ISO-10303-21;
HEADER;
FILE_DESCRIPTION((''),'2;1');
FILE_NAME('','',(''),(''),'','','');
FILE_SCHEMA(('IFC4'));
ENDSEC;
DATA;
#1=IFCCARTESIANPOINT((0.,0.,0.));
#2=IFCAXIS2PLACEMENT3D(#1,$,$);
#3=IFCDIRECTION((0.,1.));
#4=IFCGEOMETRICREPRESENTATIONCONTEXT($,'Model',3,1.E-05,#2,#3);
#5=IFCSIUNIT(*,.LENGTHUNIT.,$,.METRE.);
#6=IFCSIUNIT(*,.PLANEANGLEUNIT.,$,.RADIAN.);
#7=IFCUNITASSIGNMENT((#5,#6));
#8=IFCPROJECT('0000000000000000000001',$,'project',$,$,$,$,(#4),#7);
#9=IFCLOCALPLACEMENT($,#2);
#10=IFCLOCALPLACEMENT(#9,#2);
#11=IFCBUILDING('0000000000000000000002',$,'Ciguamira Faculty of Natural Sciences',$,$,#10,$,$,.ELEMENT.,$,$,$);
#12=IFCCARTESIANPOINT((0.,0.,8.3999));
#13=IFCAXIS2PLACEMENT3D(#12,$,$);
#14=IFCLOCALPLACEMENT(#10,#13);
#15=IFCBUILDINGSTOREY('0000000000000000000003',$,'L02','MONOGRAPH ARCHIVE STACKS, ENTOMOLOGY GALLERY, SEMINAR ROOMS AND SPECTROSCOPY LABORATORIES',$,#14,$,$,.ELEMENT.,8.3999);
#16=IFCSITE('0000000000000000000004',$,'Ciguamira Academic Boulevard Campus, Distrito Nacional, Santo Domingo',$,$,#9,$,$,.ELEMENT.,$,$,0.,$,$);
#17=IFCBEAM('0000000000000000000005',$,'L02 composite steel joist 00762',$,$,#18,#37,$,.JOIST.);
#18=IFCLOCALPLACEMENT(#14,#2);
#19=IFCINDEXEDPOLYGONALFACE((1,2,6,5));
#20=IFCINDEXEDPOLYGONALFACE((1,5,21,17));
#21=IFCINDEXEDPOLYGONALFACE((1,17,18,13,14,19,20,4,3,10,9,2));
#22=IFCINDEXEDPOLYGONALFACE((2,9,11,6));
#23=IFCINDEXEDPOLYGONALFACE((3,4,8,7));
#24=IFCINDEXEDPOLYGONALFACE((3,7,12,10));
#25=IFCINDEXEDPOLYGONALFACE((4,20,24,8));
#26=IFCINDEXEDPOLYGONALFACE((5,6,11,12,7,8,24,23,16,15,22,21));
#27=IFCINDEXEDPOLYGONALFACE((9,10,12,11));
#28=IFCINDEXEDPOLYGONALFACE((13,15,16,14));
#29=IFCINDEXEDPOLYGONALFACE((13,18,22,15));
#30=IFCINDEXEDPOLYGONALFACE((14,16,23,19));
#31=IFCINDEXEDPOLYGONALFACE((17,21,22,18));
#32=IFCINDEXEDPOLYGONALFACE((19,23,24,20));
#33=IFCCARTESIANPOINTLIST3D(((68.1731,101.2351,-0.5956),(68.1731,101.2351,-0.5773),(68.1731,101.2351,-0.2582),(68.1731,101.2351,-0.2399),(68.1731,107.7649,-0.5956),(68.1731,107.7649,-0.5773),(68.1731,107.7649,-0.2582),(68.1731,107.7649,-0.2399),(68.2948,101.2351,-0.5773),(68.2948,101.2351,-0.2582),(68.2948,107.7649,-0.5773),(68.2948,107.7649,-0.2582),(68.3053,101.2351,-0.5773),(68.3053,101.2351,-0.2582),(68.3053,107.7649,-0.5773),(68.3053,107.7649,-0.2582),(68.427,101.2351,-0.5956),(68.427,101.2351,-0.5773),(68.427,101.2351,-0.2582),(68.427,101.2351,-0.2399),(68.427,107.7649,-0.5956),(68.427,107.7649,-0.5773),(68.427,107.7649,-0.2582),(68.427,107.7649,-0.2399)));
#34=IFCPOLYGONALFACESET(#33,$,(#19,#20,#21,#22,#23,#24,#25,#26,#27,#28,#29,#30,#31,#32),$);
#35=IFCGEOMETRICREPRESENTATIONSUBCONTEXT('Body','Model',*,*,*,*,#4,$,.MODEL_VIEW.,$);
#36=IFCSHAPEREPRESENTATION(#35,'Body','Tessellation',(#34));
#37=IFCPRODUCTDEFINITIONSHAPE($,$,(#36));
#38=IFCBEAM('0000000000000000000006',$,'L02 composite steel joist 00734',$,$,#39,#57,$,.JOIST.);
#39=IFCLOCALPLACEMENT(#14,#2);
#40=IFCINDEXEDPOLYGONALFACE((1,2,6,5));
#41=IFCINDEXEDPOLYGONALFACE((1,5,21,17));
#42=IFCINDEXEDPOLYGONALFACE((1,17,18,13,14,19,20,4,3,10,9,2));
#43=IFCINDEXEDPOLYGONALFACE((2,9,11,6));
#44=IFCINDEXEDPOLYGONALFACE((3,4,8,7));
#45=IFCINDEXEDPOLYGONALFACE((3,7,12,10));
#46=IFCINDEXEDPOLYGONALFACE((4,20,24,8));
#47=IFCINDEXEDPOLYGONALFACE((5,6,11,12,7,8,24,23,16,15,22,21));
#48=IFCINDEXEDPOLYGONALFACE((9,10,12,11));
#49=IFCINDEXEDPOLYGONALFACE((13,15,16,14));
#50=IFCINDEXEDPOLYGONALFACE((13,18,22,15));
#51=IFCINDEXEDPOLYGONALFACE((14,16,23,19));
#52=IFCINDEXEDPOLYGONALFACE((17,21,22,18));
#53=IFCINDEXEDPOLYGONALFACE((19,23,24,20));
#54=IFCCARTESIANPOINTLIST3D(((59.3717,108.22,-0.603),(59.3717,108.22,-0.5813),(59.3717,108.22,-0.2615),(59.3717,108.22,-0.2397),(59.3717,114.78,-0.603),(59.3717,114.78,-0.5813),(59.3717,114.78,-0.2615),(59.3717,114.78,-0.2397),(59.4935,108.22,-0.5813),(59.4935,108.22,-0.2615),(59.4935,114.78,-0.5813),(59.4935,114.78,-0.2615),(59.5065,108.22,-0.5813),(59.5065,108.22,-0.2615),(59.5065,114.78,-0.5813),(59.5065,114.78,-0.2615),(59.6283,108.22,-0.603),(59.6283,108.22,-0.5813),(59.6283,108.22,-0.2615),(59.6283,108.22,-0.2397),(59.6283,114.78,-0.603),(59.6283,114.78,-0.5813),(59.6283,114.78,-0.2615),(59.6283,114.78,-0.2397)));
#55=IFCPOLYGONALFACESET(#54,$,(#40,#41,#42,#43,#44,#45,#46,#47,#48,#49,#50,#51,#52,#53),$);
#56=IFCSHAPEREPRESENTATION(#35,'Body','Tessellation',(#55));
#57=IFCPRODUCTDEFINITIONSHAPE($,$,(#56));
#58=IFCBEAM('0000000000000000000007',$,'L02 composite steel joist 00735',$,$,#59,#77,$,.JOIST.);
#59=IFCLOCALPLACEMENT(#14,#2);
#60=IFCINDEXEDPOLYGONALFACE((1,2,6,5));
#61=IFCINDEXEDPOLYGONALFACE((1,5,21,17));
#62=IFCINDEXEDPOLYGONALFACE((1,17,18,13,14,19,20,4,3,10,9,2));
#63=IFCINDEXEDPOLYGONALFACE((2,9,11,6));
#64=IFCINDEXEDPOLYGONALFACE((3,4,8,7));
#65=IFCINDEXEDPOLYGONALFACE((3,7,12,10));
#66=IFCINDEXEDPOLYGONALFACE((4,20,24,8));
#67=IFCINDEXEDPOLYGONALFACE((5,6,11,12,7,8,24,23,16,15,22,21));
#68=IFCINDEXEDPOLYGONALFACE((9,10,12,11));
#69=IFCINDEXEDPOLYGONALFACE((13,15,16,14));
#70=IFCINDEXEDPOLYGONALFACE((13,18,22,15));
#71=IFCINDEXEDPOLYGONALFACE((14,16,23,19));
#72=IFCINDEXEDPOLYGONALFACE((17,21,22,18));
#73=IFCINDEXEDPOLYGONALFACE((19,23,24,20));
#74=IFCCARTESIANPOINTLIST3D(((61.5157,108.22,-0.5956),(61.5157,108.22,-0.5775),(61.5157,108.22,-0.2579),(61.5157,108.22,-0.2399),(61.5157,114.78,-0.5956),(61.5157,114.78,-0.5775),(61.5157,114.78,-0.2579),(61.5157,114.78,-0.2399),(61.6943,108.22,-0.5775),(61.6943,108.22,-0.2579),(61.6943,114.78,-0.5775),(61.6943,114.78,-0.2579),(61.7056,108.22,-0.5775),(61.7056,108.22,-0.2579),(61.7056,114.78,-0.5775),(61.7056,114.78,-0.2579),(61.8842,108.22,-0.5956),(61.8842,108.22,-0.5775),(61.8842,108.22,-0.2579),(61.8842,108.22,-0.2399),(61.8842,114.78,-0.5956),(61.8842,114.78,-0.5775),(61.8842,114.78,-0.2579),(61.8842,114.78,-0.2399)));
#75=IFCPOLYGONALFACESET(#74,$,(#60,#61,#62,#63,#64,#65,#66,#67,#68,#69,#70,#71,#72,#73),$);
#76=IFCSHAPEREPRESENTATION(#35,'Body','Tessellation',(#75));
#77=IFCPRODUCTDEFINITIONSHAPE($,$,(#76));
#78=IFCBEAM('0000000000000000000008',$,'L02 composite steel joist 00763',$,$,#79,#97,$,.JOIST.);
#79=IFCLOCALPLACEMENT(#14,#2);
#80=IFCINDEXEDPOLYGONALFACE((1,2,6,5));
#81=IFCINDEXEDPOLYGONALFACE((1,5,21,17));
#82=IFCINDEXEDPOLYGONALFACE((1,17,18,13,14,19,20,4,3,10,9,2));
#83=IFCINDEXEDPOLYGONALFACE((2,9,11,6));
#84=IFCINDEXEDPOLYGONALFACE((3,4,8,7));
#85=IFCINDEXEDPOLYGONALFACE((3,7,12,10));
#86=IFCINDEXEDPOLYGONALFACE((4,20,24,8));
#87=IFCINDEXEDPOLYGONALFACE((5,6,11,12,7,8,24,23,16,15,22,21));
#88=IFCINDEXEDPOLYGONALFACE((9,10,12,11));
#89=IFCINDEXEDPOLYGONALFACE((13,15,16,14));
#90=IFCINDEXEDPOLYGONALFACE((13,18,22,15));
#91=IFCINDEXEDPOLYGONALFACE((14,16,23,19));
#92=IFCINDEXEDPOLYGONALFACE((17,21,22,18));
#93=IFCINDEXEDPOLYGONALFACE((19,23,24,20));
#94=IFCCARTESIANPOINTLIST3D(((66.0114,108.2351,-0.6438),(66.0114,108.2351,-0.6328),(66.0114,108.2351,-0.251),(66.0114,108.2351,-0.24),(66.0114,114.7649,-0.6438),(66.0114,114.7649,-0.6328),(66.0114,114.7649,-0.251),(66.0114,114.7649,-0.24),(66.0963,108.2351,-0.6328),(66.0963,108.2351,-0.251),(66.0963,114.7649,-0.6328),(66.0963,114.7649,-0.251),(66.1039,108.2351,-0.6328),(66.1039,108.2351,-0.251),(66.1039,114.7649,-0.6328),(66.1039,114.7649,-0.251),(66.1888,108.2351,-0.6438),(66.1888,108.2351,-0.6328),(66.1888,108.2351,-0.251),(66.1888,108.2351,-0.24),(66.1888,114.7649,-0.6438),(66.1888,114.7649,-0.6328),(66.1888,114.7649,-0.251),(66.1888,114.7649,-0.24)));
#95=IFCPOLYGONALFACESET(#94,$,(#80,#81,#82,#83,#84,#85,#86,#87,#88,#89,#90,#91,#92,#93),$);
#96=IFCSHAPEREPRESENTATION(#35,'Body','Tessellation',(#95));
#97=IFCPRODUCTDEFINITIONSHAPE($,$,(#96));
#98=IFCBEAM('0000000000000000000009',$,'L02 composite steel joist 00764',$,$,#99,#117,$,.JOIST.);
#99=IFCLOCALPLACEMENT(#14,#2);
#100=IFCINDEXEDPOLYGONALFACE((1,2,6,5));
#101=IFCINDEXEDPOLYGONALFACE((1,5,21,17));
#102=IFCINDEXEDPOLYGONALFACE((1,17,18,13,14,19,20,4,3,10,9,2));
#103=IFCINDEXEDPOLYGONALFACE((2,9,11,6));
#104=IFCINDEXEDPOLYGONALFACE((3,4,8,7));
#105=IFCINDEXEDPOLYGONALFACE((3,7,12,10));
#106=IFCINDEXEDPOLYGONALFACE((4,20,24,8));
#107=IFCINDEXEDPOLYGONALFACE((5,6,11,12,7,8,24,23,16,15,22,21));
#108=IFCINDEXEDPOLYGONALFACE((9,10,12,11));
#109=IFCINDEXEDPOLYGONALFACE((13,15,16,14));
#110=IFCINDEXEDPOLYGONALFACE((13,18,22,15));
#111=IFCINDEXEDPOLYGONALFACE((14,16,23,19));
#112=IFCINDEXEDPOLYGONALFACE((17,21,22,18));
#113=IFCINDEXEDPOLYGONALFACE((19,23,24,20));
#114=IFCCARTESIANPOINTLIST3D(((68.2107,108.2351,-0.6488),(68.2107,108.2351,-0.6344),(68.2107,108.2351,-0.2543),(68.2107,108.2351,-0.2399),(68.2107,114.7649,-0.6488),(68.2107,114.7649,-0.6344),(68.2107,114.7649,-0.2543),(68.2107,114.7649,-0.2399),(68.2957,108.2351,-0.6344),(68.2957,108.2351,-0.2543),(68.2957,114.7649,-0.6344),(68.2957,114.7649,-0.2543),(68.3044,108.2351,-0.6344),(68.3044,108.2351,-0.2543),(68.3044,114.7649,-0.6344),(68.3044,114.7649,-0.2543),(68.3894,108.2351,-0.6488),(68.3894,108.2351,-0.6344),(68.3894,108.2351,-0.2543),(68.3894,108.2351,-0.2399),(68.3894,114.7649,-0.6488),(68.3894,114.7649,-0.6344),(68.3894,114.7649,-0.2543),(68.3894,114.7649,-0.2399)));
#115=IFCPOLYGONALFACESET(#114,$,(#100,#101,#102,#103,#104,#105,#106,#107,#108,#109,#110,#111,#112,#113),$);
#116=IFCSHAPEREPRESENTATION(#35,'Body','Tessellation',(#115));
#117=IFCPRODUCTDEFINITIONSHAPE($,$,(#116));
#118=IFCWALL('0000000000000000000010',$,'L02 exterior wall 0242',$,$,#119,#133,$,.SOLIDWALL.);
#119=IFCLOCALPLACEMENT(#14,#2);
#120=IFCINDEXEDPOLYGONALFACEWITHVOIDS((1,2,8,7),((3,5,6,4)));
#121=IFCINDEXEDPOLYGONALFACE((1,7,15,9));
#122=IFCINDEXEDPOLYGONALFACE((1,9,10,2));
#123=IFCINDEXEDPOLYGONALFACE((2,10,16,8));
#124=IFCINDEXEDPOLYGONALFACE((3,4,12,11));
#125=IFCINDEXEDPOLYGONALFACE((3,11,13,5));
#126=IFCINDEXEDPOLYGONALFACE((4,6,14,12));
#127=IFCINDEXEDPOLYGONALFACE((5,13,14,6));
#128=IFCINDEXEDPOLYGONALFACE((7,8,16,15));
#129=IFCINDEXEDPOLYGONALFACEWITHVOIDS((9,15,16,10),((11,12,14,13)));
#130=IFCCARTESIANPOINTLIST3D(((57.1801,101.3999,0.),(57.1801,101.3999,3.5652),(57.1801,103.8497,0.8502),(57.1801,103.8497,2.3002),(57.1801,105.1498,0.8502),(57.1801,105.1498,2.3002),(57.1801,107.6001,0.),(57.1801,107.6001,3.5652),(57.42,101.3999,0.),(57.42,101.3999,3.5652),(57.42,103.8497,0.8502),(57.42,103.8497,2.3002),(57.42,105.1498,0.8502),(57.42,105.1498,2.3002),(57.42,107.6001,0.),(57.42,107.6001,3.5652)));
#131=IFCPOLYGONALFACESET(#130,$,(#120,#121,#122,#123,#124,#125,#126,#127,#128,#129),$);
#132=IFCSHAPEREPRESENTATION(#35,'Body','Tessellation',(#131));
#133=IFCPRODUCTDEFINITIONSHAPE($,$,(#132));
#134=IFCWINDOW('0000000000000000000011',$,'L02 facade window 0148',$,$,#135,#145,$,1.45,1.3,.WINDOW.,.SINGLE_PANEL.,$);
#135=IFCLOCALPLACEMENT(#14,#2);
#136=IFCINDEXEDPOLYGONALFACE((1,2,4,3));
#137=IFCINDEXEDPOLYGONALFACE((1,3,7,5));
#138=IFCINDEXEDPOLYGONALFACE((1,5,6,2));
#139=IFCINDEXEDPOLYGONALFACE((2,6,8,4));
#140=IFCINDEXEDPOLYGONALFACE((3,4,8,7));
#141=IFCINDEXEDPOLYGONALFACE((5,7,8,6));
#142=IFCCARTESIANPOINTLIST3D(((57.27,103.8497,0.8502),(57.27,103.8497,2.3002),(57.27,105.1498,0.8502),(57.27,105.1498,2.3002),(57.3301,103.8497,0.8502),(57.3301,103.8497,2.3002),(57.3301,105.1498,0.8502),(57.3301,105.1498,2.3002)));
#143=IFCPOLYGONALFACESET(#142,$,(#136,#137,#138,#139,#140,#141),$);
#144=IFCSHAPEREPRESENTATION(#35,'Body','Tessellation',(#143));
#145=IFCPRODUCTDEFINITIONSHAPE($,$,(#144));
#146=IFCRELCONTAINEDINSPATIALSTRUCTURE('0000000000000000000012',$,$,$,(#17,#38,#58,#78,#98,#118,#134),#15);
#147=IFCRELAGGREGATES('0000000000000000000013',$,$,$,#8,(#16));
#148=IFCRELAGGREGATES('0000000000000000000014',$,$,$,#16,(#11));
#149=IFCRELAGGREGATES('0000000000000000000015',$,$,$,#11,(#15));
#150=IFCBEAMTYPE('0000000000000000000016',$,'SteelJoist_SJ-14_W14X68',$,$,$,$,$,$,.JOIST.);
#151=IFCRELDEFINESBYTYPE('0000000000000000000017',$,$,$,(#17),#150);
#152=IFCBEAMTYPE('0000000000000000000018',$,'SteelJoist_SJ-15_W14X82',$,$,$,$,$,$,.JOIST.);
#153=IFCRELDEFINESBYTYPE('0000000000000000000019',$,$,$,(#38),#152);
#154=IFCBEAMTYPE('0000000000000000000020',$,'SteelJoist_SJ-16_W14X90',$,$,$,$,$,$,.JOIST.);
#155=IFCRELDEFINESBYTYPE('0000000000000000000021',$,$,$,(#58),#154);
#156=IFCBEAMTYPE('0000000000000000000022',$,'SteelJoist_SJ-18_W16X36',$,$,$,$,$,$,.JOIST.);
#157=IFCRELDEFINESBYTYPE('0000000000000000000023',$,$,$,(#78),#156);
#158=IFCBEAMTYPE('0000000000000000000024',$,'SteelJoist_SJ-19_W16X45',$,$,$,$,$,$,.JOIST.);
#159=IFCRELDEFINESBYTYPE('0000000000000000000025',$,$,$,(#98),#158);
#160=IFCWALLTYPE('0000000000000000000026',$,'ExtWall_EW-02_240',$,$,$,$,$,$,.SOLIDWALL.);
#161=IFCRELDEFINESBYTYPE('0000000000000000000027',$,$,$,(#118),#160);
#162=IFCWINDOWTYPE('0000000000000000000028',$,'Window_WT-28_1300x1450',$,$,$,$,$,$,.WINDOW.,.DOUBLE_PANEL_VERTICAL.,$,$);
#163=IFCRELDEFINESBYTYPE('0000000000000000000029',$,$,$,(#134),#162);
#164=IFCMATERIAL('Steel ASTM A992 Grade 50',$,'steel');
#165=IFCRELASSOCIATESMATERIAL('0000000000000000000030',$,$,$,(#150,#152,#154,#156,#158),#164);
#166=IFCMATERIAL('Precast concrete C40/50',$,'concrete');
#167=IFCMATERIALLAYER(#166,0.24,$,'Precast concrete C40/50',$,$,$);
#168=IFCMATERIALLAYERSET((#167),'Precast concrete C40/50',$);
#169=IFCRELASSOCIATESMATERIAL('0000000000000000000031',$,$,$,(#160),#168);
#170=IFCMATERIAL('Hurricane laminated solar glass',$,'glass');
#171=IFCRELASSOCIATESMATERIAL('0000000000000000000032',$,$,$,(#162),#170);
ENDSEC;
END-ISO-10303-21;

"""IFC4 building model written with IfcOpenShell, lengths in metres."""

from ifc_helpers import new_model, si_unit, direction, frame, frame_2d, origin, origin_2d, place, context, subcontext, project, spatial, rectangle, i_section, extrude, material, layer, layer_set, material_profile, profile_set, type_object, element, fill, save


model = new_model("IFC4")

# Units and contexts
model_context = context("Model", 3, precision=1e-05, world=origin(), true_north=direction((0.0, 1.0)))
body_context = subcontext(model_context, "Body", "Model", "MODEL_VIEW")
ifc_project = project(units=[si_unit("LENGTHUNIT", "METRE"), si_unit("PLANEANGLEUNIT", "RADIAN")], contexts=[model_context])

# Site, building, storey
site_placement = place(None, origin())
site = spatial("IfcSite", under=ifc_project, at=site_placement, Name="Ciguamira Academic Boulevard Campus, Distrito Nacional, Santo Domingo", CompositionType="ELEMENT", RefElevation=0.0)
building_placement = place(site_placement, origin())
building = spatial("IfcBuilding", under=site, at=building_placement, Name="Ciguamira Faculty of Natural Sciences", CompositionType="ELEMENT")
storey_placement = place(building_placement, frame((0.0, 0.0, 8.3999)))
storey = spatial("IfcBuildingStorey", under=building, at=storey_placement, Name="L02", Description="MONOGRAPH ARCHIVE STACKS, ENTOMOLOGY GALLERY, SEMINAR ROOMS AND SPECTROSCOPY LABORATORIES", CompositionType="ELEMENT", Elevation=8.3999)

# Beams
ifc_material_1 = material(Name="Precast concrete C40/50", Category="concrete")
ifc_material_2 = material(Name="Steel ASTM A992 Grade 50", Category="steel")
ifc_material_profile_1 = material_profile(ifc_material_2, i_section(OverallWidth=0.2539, OverallDepth=0.3557, WebThickness=0.0105, FlangeThickness=0.0183, at=origin_2d()), Name="W14X68")
ifc_profile_set_1 = profile_set([ifc_material_profile_1], Name="Steel ASTM A992 Grade 50")
beam_type_1 = type_object("IfcBeamType", Name="SteelJoist_SJ-14_W14X68", PredefinedType="JOIST", material=ifc_profile_set_1)
beam_1_placement = place(storey_placement, frame((68.3, 101.2351, -0.4177), z_axis=(0.0, 1.0, 0.0), x_axis=(-1.0, 0.0, 0.0)))
element("IfcBeam", 1, at=beam_1_placement, inside=storey, type_object=beam_type_1, Name="L02 composite steel joist 00762", PredefinedType="JOIST", context=body_context, shape_type="SweptSolid", body=[
    extrude(i_section(OverallWidth=0.2539, OverallDepth=0.3557, WebThickness=0.0105, FlangeThickness=0.0183, at=origin_2d()), origin(), (0.0, 0.0, 1.0), 6.5298),
])
ifc_material_profile_2 = material_profile(ifc_material_2, i_section(OverallWidth=0.2566, OverallDepth=0.3633, WebThickness=0.0129, FlangeThickness=0.0217, at=origin_2d()), Name="W14X82")
ifc_profile_set_2 = profile_set([ifc_material_profile_2], Name="Steel ASTM A992 Grade 50")
beam_type_2 = type_object("IfcBeamType", Name="SteelJoist_SJ-15_W14X82", PredefinedType="JOIST", material=ifc_profile_set_2)
beam_2_placement = place(storey_placement, frame((59.5, 108.22, -0.4214), z_axis=(0.0, 1.0, 0.0), x_axis=(-1.0, 0.0, 0.0)))
element("IfcBeam", 2, at=beam_2_placement, inside=storey, type_object=beam_type_2, Name="L02 composite steel joist 00734", PredefinedType="JOIST", context=body_context, shape_type="SweptSolid", body=[
    extrude(i_section(OverallWidth=0.2566, OverallDepth=0.3633, WebThickness=0.0129, FlangeThickness=0.0217, at=origin_2d()), origin(), (0.0, 0.0, 1.0), 6.5601),
])
ifc_material_profile_3 = material_profile(ifc_material_2, i_section(OverallWidth=0.3684, OverallDepth=0.3557, WebThickness=0.0112, FlangeThickness=0.0181, at=origin_2d()), Name="W14X90")
ifc_profile_set_3 = profile_set([ifc_material_profile_3], Name="Steel ASTM A992 Grade 50")
beam_type_3 = type_object("IfcBeamType", Name="SteelJoist_SJ-16_W14X90", PredefinedType="JOIST", material=ifc_profile_set_3)
beam_3_placement = place(storey_placement, frame((61.7, 108.22, -0.4177), z_axis=(0.0, 1.0, 0.0), x_axis=(-1.0, 0.0, 0.0)))
element("IfcBeam", 3, at=beam_3_placement, inside=storey, type_object=beam_type_3, Name="L02 composite steel joist 00735", PredefinedType="JOIST", context=body_context, shape_type="SweptSolid", body=[
    extrude(i_section(OverallWidth=0.3684, OverallDepth=0.3557, WebThickness=0.0112, FlangeThickness=0.0181, at=origin_2d()), origin(), (0.0, 0.0, 1.0), 6.5601),
])
ifc_material_profile_4 = material_profile(ifc_material_2, i_section(OverallWidth=0.1775, OverallDepth=0.4038, WebThickness=0.0076, FlangeThickness=0.011, at=origin_2d()), Name="W16X36")
ifc_profile_set_4 = profile_set([ifc_material_profile_4], Name="Steel ASTM A992 Grade 50")
beam_type_4 = type_object("IfcBeamType", Name="SteelJoist_SJ-18_W16X36", PredefinedType="JOIST", material=ifc_profile_set_4)
beam_4_placement = place(storey_placement, frame((66.1001, 108.2351, -0.4419), z_axis=(0.0, 1.0, 0.0), x_axis=(-1.0, 0.0, 0.0)))
element("IfcBeam", 4, at=beam_4_placement, inside=storey, type_object=beam_type_4, Name="L02 composite steel joist 00763", PredefinedType="JOIST", context=body_context, shape_type="SweptSolid", body=[
    extrude(i_section(OverallWidth=0.1775, OverallDepth=0.4038, WebThickness=0.0076, FlangeThickness=0.011, at=origin_2d()), origin(), (0.0, 0.0, 1.0), 6.5298),
])
ifc_material_profile_5 = material_profile(ifc_material_2, i_section(OverallWidth=0.1787, OverallDepth=0.4089, WebThickness=0.0088, FlangeThickness=0.0144, at=origin_2d()), Name="W16X45")
ifc_profile_set_5 = profile_set([ifc_material_profile_5], Name="Steel ASTM A992 Grade 50")
beam_type_5 = type_object("IfcBeamType", Name="SteelJoist_SJ-19_W16X45", PredefinedType="JOIST", material=ifc_profile_set_5)
beam_5_placement = place(storey_placement, frame((68.3, 108.2351, -0.4443), z_axis=(0.0, 1.0, 0.0), x_axis=(-1.0, 0.0, 0.0)))
element("IfcBeam", 5, at=beam_5_placement, inside=storey, type_object=beam_type_5, Name="L02 composite steel joist 00764", PredefinedType="JOIST", context=body_context, shape_type="SweptSolid", body=[
    extrude(i_section(OverallWidth=0.1787, OverallDepth=0.4089, WebThickness=0.0088, FlangeThickness=0.0144, at=origin_2d()), origin(), (0.0, 0.0, 1.0), 6.5298),
])

# Wall, opening, window
ifc_layer_1 = layer(ifc_material_1, 0.24, Name="Precast concrete C40/50")
ifc_layer_set_1 = layer_set([ifc_layer_1], Name="Precast concrete C40/50")
wall_type_1 = type_object("IfcWallType", Name="ExtWall_EW-02_240", PredefinedType="SOLIDWALL", material=ifc_layer_set_1)
wall_1_placement = place(storey_placement, frame((57.3, 101.3999, 0.0), z_axis=(0.0, 0.0, 1.0), x_axis=(0.0, 1.0, 0.0)))
wall_1 = element("IfcWall", 6, at=wall_1_placement, inside=storey, type_object=wall_type_1, Name="L02 exterior wall 0242", PredefinedType="SOLIDWALL", context=body_context, shape_type="SweptSolid", body=[
    extrude(rectangle(XDim=6.2002, YDim=0.24, at=frame_2d((3.1001, 0.0))), origin(), (0.0, 0.0, 1.0), 3.5652),
])
opening_1_placement = place(wall_1_placement, frame((2.45, 0.0, 0.8501)))
opening_1 = element("IfcOpeningElement", 7, at=opening_1_placement, cuts=wall_1, PredefinedType="OPENING", context=body_context, shape_type="SweptSolid", body=[
    extrude(rectangle(XDim=1.3, YDim=1.45, at=frame_2d((0.6499, 0.7251))), frame((0.0, 0.1299, 0.0), z_axis=(0.0, -1.0, 0.0), x_axis=(1.0, 0.0, 0.0)), (0.0, 0.0, 1.0), 0.26),
])
ifc_material_3 = material(Name="Hurricane laminated solar glass", Category="glass")
window_type_1 = type_object("IfcWindowType", Name="Window_WT-28_1300x1450", PartitioningType="DOUBLE_PANEL_VERTICAL", PredefinedType="WINDOW", material=ifc_material_3)
window_1_placement = place(opening_1_placement, origin())
window_1 = element("IfcWindow", 8, at=window_1_placement, inside=storey, type_object=window_type_1, Name="L02 facade window 0148", OverallHeight=1.45, OverallWidth=1.3, PartitioningType="SINGLE_PANEL", PredefinedType="WINDOW", context=body_context, shape_type="SweptSolid", body=[
    extrude(rectangle(XDim=1.3, YDim=1.45, at=frame_2d((0.6499, 0.7251))), frame((0.0, 0.03, 0.0), z_axis=(0.0, -1.0, 0.0), x_axis=(1.0, 0.0, 0.0)), (0.0, 0.0, 1.0), 0.0601),
])
fill(opening_1, window_1)

save(model, "model.ifc")
